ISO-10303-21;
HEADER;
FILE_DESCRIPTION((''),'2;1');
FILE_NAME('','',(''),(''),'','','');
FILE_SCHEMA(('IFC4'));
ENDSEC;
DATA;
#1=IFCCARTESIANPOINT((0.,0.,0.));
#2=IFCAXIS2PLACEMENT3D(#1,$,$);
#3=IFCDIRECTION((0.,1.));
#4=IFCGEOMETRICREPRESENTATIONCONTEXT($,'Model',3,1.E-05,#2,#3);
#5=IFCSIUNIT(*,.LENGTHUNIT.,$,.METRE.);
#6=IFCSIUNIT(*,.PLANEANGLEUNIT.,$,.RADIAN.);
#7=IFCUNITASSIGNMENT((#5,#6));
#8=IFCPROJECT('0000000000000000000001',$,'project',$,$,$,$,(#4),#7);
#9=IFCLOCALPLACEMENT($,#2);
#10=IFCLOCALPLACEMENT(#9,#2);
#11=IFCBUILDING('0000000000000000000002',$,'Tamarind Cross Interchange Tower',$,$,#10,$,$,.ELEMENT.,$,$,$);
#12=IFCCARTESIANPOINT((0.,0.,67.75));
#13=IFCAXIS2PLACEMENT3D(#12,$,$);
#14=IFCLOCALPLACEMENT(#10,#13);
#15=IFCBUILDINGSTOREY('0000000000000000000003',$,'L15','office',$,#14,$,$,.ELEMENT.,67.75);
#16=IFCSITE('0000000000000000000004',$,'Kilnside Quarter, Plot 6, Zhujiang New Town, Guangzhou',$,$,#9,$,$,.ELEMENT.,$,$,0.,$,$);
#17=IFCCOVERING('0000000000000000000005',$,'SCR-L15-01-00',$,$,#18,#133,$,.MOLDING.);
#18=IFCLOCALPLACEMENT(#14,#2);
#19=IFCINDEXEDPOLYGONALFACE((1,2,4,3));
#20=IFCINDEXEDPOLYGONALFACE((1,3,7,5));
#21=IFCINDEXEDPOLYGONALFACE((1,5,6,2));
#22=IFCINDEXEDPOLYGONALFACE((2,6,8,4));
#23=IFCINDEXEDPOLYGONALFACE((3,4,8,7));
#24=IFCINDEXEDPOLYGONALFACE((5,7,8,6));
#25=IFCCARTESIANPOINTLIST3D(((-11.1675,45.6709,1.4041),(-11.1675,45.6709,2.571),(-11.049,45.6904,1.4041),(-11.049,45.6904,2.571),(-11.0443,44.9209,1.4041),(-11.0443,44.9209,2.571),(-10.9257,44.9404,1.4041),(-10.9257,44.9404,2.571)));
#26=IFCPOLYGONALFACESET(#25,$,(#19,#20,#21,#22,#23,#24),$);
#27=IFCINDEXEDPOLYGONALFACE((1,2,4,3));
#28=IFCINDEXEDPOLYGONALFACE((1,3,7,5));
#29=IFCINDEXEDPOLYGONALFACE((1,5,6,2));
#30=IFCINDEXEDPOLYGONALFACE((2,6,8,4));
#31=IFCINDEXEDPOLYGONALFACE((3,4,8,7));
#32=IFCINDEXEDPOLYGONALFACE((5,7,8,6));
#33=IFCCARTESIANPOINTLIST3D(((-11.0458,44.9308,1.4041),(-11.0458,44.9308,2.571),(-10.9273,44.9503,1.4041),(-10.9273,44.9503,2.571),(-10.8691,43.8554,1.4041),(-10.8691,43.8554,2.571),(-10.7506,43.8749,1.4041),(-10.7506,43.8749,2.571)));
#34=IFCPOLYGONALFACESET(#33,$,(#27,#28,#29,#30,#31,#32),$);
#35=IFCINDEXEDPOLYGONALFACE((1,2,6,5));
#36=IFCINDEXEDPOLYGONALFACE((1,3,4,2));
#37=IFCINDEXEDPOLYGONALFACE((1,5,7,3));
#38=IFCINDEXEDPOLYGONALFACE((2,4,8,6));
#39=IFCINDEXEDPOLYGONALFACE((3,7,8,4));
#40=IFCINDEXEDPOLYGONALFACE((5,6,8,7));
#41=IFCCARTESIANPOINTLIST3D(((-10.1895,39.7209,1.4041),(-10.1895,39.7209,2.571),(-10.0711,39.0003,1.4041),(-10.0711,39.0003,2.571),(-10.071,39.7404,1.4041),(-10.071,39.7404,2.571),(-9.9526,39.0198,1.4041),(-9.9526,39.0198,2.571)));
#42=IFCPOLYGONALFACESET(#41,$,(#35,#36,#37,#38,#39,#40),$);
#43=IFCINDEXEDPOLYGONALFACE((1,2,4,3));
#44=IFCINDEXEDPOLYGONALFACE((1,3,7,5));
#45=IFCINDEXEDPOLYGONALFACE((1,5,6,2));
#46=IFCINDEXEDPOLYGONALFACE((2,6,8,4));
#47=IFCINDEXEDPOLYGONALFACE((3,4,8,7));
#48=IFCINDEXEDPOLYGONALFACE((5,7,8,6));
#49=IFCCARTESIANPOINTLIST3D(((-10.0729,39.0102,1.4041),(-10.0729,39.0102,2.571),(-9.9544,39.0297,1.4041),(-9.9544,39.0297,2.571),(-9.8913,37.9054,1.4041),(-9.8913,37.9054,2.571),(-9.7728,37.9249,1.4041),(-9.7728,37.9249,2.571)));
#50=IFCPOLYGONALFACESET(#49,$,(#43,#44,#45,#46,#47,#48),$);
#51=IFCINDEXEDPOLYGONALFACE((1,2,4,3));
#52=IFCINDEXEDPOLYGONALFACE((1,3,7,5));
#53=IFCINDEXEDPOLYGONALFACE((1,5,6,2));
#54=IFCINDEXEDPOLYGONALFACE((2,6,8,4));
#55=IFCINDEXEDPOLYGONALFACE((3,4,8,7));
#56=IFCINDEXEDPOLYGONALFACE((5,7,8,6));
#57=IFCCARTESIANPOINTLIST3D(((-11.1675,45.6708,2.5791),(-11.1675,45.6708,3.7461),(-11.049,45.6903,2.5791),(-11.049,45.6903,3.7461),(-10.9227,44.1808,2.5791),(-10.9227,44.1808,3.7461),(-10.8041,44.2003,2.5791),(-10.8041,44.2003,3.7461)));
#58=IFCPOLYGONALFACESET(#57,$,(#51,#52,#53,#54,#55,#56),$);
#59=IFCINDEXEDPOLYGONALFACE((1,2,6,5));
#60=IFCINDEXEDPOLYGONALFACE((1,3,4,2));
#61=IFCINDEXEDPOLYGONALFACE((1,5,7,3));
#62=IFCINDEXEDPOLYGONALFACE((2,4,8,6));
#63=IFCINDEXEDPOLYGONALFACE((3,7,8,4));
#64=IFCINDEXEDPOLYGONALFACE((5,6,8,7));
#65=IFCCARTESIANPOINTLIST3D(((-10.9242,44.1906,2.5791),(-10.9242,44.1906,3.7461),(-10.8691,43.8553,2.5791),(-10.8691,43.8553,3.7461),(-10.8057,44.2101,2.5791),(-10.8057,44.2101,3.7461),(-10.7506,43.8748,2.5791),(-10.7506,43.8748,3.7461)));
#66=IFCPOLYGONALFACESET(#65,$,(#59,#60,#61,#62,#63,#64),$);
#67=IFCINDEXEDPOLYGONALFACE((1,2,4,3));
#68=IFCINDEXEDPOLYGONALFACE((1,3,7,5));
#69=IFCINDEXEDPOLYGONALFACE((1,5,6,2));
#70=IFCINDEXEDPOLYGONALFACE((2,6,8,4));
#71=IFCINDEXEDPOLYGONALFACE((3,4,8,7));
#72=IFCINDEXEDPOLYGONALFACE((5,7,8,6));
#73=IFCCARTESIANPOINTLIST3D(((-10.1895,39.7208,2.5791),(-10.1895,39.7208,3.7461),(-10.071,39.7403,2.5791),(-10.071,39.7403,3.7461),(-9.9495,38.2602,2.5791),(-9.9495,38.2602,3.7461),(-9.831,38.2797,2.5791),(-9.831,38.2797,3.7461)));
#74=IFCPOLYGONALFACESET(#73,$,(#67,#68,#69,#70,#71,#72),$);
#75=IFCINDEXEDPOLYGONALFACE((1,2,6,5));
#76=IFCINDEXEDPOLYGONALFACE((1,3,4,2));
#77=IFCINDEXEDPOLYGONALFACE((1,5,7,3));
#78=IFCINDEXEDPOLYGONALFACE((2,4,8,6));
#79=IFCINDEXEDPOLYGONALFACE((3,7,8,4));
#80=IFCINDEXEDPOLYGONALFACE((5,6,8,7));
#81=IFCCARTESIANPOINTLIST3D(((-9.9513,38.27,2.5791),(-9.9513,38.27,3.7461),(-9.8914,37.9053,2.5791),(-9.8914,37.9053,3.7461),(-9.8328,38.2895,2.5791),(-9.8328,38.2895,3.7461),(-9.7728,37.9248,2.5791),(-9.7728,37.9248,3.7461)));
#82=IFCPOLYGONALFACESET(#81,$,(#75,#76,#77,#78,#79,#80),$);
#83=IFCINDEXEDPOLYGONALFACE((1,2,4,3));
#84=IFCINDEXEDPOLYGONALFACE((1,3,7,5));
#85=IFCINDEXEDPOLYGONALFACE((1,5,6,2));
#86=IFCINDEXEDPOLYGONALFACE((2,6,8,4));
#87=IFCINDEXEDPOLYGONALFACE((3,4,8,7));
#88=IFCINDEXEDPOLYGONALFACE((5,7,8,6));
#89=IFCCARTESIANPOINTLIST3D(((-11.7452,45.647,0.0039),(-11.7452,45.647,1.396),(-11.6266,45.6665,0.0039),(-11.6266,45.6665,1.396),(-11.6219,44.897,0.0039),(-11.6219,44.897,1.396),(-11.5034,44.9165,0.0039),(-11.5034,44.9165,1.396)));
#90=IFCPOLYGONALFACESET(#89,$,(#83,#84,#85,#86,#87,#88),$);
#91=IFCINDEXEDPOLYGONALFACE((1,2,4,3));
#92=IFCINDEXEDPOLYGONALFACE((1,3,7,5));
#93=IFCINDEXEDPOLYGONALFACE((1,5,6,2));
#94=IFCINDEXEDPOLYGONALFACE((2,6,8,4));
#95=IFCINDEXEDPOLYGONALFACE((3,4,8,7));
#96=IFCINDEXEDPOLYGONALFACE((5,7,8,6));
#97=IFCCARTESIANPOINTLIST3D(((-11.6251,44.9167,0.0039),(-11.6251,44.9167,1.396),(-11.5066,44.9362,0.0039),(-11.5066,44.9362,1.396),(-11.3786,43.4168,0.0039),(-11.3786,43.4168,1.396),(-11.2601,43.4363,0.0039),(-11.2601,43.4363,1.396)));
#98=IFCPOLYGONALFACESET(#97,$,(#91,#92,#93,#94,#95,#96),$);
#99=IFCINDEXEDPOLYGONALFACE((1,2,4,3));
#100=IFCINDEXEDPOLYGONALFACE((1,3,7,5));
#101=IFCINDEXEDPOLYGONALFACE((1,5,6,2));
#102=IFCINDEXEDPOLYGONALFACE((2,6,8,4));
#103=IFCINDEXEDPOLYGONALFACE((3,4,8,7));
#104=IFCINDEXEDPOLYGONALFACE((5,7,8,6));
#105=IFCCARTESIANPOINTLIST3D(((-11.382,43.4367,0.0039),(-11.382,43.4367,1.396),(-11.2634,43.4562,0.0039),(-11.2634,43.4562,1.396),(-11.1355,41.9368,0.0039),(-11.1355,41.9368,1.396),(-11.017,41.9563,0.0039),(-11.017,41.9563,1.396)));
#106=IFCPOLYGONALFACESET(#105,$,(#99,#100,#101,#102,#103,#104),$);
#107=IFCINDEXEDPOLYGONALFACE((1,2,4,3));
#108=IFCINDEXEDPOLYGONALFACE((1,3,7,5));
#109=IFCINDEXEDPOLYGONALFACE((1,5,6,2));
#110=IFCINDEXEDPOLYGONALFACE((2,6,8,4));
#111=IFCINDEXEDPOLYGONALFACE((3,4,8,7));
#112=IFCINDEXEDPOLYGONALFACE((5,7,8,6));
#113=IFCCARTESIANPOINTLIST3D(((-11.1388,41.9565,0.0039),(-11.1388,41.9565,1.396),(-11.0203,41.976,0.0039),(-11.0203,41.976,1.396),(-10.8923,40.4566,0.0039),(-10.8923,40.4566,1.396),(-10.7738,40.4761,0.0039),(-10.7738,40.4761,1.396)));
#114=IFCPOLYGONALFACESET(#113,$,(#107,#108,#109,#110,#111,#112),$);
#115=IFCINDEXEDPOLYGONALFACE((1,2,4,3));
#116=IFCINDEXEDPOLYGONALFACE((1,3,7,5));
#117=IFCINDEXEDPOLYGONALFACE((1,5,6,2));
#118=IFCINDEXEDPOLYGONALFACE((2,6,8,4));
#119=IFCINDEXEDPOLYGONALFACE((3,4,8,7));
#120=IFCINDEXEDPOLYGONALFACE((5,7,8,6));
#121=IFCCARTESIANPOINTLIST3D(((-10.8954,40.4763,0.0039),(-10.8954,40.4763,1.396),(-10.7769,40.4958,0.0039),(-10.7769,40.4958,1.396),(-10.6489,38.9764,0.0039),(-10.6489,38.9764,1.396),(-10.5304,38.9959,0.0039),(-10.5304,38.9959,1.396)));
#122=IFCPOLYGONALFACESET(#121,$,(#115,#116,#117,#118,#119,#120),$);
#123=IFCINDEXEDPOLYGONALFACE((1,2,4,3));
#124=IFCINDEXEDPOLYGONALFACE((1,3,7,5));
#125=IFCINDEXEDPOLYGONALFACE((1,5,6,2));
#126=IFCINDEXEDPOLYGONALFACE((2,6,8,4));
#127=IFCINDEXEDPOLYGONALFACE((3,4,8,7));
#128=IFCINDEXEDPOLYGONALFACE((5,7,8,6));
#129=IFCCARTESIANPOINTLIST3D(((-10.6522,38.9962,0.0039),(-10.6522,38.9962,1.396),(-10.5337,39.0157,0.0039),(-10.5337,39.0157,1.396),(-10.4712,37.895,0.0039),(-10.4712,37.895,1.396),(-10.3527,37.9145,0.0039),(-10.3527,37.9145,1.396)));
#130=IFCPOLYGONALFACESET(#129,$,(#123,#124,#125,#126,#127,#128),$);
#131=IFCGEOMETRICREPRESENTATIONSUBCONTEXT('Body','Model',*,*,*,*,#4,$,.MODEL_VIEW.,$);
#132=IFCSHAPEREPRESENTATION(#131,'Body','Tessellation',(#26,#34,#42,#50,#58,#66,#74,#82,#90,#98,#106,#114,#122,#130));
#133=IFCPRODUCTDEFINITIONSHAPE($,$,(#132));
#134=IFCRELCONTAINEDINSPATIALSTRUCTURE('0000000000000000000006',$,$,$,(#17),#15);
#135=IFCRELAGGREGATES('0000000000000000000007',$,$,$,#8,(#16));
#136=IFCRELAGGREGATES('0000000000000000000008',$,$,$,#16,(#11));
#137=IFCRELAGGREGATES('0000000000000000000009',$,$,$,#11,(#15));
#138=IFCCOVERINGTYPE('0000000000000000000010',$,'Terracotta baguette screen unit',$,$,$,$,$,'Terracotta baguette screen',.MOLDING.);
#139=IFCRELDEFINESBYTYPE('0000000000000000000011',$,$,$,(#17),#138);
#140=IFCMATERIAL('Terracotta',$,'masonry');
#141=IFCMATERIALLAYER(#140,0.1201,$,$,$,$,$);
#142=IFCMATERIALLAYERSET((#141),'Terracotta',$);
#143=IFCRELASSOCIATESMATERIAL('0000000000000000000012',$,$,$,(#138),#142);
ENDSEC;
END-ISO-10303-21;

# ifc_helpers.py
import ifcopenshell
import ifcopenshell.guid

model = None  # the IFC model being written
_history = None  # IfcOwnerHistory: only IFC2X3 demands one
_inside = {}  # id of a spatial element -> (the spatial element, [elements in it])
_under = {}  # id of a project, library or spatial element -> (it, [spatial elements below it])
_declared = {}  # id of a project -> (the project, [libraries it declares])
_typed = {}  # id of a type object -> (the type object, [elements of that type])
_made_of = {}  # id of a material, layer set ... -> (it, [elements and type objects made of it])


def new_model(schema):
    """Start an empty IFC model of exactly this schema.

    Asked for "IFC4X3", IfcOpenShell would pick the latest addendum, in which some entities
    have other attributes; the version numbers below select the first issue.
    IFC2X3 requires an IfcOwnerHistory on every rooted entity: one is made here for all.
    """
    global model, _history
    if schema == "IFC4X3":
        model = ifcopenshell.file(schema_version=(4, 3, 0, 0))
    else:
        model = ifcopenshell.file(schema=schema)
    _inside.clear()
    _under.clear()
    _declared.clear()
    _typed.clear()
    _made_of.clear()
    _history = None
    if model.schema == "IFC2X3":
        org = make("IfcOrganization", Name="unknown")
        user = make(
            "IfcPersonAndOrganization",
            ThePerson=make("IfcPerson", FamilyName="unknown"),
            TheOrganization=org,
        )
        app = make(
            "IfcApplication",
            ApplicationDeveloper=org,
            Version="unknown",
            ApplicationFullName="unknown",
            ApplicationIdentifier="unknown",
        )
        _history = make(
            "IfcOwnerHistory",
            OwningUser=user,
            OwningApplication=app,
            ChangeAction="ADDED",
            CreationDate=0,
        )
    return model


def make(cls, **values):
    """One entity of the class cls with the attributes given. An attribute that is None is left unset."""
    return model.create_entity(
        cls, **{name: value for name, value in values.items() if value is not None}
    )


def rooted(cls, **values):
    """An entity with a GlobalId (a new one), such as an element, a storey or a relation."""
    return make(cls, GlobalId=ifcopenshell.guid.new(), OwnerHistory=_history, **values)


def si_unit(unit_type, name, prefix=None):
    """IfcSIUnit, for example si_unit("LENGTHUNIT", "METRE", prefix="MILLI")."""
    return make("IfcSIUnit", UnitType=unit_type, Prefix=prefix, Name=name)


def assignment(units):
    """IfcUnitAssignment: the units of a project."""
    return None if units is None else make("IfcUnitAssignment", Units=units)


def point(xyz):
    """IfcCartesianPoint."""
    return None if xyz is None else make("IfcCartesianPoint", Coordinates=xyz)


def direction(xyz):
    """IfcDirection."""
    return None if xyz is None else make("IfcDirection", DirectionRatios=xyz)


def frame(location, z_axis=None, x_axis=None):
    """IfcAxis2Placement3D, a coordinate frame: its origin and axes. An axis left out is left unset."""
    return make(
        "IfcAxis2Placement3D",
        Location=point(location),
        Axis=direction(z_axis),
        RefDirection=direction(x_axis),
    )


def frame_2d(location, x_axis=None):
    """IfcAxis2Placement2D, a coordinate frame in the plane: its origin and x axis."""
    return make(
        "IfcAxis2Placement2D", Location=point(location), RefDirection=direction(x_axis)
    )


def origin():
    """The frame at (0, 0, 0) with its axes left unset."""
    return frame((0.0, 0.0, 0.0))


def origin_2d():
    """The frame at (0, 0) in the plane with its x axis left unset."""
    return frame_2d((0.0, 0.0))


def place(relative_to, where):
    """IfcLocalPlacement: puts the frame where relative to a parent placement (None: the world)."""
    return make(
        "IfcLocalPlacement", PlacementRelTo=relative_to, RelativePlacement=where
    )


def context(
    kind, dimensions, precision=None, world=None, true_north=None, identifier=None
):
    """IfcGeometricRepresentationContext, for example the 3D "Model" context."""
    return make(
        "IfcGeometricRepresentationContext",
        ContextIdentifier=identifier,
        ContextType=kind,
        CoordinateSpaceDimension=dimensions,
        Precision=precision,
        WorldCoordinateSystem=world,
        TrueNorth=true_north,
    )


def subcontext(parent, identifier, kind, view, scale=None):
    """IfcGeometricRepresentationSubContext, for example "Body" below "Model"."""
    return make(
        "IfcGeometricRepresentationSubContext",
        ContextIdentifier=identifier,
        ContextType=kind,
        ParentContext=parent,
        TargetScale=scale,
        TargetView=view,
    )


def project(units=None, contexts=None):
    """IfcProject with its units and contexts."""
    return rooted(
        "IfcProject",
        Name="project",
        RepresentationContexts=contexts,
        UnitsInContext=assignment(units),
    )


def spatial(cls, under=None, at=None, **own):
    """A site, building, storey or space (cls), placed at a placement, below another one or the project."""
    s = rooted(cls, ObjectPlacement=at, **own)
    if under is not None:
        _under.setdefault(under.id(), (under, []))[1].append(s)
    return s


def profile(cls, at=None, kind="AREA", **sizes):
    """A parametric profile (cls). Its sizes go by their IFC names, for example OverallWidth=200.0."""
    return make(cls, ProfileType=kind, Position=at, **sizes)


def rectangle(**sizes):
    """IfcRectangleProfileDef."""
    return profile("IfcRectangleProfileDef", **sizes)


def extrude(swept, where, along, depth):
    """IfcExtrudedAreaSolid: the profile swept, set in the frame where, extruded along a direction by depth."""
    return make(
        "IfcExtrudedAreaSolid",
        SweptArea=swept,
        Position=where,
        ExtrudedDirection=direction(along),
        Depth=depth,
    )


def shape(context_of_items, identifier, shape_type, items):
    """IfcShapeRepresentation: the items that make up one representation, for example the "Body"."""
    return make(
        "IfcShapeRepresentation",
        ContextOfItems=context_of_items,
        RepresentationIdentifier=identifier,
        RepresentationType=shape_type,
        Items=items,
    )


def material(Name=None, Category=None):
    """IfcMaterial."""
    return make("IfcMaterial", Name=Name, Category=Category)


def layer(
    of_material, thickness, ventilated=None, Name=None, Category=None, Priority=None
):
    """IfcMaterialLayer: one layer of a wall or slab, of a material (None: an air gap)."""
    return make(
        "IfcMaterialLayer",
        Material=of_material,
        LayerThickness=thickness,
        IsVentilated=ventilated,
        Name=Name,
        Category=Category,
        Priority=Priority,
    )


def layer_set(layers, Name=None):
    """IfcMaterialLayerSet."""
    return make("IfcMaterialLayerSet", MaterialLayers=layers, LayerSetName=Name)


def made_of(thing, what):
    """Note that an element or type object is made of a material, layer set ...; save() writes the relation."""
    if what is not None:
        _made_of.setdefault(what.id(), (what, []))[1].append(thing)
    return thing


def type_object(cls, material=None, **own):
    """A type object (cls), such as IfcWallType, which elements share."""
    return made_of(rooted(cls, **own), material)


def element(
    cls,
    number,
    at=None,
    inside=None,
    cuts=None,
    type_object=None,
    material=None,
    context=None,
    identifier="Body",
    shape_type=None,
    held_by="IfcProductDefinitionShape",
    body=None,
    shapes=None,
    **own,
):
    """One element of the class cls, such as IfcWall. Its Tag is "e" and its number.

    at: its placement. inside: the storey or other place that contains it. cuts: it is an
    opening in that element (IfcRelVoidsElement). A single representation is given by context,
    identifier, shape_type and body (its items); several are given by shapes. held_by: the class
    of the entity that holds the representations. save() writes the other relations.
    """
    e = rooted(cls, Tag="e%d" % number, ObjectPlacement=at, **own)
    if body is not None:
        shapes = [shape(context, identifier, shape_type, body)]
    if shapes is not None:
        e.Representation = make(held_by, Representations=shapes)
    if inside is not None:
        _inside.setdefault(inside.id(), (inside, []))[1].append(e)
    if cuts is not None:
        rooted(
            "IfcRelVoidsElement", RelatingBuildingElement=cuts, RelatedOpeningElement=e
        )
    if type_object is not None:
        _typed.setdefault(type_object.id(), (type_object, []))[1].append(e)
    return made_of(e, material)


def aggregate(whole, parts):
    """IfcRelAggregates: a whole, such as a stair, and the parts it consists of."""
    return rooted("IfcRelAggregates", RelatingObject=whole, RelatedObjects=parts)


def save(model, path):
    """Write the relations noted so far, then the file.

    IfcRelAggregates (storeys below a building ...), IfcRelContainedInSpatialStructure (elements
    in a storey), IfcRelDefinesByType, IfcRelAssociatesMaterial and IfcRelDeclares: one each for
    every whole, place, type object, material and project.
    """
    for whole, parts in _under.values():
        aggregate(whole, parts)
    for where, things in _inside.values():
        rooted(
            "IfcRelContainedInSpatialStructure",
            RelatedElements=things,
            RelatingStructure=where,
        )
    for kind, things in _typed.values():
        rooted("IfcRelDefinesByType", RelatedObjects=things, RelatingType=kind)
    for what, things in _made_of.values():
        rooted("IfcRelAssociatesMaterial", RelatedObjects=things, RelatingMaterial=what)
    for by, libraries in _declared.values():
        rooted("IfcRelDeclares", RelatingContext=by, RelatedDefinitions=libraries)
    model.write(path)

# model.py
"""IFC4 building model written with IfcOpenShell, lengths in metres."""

from ifc_helpers import new_model, si_unit, direction, frame, origin, origin_2d, place, context, subcontext, project, spatial, rectangle, extrude, material, layer, layer_set, type_object, element, save


model = new_model("IFC4")

# Units and contexts
model_context = context("Model", 3, precision=1e-05, world=origin(), true_north=direction((0.0, 1.0)))
body_context = subcontext(model_context, "Body", "Model", "MODEL_VIEW")
ifc_project = project(units=[si_unit("LENGTHUNIT", "METRE"), si_unit("PLANEANGLEUNIT", "RADIAN")], contexts=[model_context])

# Site, building, storey
site_placement = place(None, origin())
site = spatial("IfcSite", under=ifc_project, at=site_placement, Name="Kilnside Quarter, Plot 6, Zhujiang New Town, Guangzhou", CompositionType="ELEMENT", RefElevation=0.0)
building_placement = place(site_placement, origin())
building = spatial("IfcBuilding", under=site, at=building_placement, Name="Tamarind Cross Interchange Tower", CompositionType="ELEMENT")
storey_placement = place(building_placement, frame((0.0, 0.0, 67.75)))
storey = spatial("IfcBuildingStorey", under=building, at=storey_placement, Name="L15", Description="office", CompositionType="ELEMENT", Elevation=67.75)

# Covering
ifc_material_1 = material(Name="Terracotta", Category="masonry")
ifc_layer_1 = layer(ifc_material_1, 0.1201)
ifc_layer_set_1 = layer_set([ifc_layer_1], Name="Terracotta")
covering_type = type_object("IfcCoveringType", Name="Terracotta baguette screen unit", ElementType="Terracotta baguette screen", PredefinedType="MOLDING", material=ifc_layer_set_1)
covering_1_placement = place(storey_placement, origin())
element("IfcCovering", 1, at=covering_1_placement, inside=storey, type_object=covering_type, Name="SCR-L15-01-00", PredefinedType="MOLDING", context=body_context, shape_type="SweptSolid", body=[
    extrude(rectangle(XDim=0.76, YDim=0.1201, at=origin_2d()), frame((-11.0466, 45.3057, 1.4041), z_axis=(0.0, 0.0, 1.0), x_axis=(0.162164, -0.986764, 0.0)), (0.0, 0.0, 1.0), 1.167),
    extrude(rectangle(XDim=1.0898, YDim=0.1201, at=origin_2d()), frame((-10.8982, 44.4028, 1.4041), z_axis=(0.0, 0.0, 1.0), x_axis=(0.162164, -0.986764, 0.0)), (0.0, 0.0, 1.0), 1.167),
    extrude(rectangle(XDim=0.7302, YDim=0.1201, at=origin_2d()), frame((-10.071, 39.3704, 1.4041), z_axis=(0.0, 0.0, 1.0), x_axis=(0.162164, -0.986764, 0.0)), (0.0, 0.0, 1.0), 1.167),
    extrude(rectangle(XDim=1.1196, YDim=0.1201, at=origin_2d()), frame((-9.9229, 38.4675, 1.4041), z_axis=(0.0, 0.0, 1.0), x_axis=(0.162164, -0.986764, 0.0)), (0.0, 0.0, 1.0), 1.167),
    extrude(rectangle(XDim=1.51, YDim=0.1201, at=origin_2d()), frame((-10.9858, 44.9355, 2.5791), z_axis=(0.0, 0.0, 1.0), x_axis=(0.162164, -0.986764, 0.0)), (0.0, 0.0, 1.0), 1.167),
    extrude(rectangle(XDim=0.3398, YDim=0.1201, at=origin_2d()), frame((-10.8374, 44.0327, 2.5791), z_axis=(0.0, 0.0, 1.0), x_axis=(0.162164, -0.986764, 0.0)), (0.0, 0.0, 1.0), 1.167),
    extrude(rectangle(XDim=1.4802, YDim=0.1201, at=origin_2d()), frame((-10.0103, 39.0002, 2.5791), z_axis=(0.0, 0.0, 1.0), x_axis=(0.162164, -0.986764, 0.0)), (0.0, 0.0, 1.0), 1.167),
    extrude(rectangle(XDim=0.3696, YDim=0.1201, at=origin_2d()), frame((-9.8621, 38.0974, 2.5791), z_axis=(0.0, 0.0, 1.0), x_axis=(0.162164, -0.986764, 0.0)), (0.0, 0.0, 1.0), 1.167),
    extrude(rectangle(XDim=0.76, YDim=0.1201, at=origin_2d()), frame((-11.6243, 45.2817, 0.0039), z_axis=(0.0, 0.0, 1.0), x_axis=(0.162164, -0.986764, 0.0)), (0.0, 0.0, 1.0), 1.3921),
    extrude(rectangle(XDim=1.52, YDim=0.1201, at=origin_2d()), frame((-11.4426, 44.1765, 0.0039), z_axis=(0.0, 0.0, 1.0), x_axis=(0.162164, -0.986764, 0.0)), (0.0, 0.0, 1.0), 1.3921),
    extrude(rectangle(XDim=1.52, YDim=0.1201, at=origin_2d()), frame((-11.1995, 42.6965, 0.0039), z_axis=(0.0, 0.0, 1.0), x_axis=(0.162164, -0.986764, 0.0)), (0.0, 0.0, 1.0), 1.3921),
    extrude(rectangle(XDim=1.52, YDim=0.1201, at=origin_2d()), frame((-10.9563, 41.2163, 0.0039), z_axis=(0.0, 0.0, 1.0), x_axis=(0.162164, -0.986764, 0.0)), (0.0, 0.0, 1.0), 1.3921),
    extrude(rectangle(XDim=1.52, YDim=0.1201, at=origin_2d()), frame((-10.7129, 39.7361, 0.0039), z_axis=(0.0, 0.0, 1.0), x_axis=(0.162164, -0.986764, 0.0)), (0.0, 0.0, 1.0), 1.3921),
    extrude(rectangle(XDim=1.116, YDim=0.1201, at=origin_2d()), frame((-10.5024, 38.4553, 0.0039), z_axis=(0.0, 0.0, 1.0), x_axis=(0.162164, -0.986764, 0.0)), (0.0, 0.0, 1.0), 1.3921),
])

save(model, "model.ifc")
